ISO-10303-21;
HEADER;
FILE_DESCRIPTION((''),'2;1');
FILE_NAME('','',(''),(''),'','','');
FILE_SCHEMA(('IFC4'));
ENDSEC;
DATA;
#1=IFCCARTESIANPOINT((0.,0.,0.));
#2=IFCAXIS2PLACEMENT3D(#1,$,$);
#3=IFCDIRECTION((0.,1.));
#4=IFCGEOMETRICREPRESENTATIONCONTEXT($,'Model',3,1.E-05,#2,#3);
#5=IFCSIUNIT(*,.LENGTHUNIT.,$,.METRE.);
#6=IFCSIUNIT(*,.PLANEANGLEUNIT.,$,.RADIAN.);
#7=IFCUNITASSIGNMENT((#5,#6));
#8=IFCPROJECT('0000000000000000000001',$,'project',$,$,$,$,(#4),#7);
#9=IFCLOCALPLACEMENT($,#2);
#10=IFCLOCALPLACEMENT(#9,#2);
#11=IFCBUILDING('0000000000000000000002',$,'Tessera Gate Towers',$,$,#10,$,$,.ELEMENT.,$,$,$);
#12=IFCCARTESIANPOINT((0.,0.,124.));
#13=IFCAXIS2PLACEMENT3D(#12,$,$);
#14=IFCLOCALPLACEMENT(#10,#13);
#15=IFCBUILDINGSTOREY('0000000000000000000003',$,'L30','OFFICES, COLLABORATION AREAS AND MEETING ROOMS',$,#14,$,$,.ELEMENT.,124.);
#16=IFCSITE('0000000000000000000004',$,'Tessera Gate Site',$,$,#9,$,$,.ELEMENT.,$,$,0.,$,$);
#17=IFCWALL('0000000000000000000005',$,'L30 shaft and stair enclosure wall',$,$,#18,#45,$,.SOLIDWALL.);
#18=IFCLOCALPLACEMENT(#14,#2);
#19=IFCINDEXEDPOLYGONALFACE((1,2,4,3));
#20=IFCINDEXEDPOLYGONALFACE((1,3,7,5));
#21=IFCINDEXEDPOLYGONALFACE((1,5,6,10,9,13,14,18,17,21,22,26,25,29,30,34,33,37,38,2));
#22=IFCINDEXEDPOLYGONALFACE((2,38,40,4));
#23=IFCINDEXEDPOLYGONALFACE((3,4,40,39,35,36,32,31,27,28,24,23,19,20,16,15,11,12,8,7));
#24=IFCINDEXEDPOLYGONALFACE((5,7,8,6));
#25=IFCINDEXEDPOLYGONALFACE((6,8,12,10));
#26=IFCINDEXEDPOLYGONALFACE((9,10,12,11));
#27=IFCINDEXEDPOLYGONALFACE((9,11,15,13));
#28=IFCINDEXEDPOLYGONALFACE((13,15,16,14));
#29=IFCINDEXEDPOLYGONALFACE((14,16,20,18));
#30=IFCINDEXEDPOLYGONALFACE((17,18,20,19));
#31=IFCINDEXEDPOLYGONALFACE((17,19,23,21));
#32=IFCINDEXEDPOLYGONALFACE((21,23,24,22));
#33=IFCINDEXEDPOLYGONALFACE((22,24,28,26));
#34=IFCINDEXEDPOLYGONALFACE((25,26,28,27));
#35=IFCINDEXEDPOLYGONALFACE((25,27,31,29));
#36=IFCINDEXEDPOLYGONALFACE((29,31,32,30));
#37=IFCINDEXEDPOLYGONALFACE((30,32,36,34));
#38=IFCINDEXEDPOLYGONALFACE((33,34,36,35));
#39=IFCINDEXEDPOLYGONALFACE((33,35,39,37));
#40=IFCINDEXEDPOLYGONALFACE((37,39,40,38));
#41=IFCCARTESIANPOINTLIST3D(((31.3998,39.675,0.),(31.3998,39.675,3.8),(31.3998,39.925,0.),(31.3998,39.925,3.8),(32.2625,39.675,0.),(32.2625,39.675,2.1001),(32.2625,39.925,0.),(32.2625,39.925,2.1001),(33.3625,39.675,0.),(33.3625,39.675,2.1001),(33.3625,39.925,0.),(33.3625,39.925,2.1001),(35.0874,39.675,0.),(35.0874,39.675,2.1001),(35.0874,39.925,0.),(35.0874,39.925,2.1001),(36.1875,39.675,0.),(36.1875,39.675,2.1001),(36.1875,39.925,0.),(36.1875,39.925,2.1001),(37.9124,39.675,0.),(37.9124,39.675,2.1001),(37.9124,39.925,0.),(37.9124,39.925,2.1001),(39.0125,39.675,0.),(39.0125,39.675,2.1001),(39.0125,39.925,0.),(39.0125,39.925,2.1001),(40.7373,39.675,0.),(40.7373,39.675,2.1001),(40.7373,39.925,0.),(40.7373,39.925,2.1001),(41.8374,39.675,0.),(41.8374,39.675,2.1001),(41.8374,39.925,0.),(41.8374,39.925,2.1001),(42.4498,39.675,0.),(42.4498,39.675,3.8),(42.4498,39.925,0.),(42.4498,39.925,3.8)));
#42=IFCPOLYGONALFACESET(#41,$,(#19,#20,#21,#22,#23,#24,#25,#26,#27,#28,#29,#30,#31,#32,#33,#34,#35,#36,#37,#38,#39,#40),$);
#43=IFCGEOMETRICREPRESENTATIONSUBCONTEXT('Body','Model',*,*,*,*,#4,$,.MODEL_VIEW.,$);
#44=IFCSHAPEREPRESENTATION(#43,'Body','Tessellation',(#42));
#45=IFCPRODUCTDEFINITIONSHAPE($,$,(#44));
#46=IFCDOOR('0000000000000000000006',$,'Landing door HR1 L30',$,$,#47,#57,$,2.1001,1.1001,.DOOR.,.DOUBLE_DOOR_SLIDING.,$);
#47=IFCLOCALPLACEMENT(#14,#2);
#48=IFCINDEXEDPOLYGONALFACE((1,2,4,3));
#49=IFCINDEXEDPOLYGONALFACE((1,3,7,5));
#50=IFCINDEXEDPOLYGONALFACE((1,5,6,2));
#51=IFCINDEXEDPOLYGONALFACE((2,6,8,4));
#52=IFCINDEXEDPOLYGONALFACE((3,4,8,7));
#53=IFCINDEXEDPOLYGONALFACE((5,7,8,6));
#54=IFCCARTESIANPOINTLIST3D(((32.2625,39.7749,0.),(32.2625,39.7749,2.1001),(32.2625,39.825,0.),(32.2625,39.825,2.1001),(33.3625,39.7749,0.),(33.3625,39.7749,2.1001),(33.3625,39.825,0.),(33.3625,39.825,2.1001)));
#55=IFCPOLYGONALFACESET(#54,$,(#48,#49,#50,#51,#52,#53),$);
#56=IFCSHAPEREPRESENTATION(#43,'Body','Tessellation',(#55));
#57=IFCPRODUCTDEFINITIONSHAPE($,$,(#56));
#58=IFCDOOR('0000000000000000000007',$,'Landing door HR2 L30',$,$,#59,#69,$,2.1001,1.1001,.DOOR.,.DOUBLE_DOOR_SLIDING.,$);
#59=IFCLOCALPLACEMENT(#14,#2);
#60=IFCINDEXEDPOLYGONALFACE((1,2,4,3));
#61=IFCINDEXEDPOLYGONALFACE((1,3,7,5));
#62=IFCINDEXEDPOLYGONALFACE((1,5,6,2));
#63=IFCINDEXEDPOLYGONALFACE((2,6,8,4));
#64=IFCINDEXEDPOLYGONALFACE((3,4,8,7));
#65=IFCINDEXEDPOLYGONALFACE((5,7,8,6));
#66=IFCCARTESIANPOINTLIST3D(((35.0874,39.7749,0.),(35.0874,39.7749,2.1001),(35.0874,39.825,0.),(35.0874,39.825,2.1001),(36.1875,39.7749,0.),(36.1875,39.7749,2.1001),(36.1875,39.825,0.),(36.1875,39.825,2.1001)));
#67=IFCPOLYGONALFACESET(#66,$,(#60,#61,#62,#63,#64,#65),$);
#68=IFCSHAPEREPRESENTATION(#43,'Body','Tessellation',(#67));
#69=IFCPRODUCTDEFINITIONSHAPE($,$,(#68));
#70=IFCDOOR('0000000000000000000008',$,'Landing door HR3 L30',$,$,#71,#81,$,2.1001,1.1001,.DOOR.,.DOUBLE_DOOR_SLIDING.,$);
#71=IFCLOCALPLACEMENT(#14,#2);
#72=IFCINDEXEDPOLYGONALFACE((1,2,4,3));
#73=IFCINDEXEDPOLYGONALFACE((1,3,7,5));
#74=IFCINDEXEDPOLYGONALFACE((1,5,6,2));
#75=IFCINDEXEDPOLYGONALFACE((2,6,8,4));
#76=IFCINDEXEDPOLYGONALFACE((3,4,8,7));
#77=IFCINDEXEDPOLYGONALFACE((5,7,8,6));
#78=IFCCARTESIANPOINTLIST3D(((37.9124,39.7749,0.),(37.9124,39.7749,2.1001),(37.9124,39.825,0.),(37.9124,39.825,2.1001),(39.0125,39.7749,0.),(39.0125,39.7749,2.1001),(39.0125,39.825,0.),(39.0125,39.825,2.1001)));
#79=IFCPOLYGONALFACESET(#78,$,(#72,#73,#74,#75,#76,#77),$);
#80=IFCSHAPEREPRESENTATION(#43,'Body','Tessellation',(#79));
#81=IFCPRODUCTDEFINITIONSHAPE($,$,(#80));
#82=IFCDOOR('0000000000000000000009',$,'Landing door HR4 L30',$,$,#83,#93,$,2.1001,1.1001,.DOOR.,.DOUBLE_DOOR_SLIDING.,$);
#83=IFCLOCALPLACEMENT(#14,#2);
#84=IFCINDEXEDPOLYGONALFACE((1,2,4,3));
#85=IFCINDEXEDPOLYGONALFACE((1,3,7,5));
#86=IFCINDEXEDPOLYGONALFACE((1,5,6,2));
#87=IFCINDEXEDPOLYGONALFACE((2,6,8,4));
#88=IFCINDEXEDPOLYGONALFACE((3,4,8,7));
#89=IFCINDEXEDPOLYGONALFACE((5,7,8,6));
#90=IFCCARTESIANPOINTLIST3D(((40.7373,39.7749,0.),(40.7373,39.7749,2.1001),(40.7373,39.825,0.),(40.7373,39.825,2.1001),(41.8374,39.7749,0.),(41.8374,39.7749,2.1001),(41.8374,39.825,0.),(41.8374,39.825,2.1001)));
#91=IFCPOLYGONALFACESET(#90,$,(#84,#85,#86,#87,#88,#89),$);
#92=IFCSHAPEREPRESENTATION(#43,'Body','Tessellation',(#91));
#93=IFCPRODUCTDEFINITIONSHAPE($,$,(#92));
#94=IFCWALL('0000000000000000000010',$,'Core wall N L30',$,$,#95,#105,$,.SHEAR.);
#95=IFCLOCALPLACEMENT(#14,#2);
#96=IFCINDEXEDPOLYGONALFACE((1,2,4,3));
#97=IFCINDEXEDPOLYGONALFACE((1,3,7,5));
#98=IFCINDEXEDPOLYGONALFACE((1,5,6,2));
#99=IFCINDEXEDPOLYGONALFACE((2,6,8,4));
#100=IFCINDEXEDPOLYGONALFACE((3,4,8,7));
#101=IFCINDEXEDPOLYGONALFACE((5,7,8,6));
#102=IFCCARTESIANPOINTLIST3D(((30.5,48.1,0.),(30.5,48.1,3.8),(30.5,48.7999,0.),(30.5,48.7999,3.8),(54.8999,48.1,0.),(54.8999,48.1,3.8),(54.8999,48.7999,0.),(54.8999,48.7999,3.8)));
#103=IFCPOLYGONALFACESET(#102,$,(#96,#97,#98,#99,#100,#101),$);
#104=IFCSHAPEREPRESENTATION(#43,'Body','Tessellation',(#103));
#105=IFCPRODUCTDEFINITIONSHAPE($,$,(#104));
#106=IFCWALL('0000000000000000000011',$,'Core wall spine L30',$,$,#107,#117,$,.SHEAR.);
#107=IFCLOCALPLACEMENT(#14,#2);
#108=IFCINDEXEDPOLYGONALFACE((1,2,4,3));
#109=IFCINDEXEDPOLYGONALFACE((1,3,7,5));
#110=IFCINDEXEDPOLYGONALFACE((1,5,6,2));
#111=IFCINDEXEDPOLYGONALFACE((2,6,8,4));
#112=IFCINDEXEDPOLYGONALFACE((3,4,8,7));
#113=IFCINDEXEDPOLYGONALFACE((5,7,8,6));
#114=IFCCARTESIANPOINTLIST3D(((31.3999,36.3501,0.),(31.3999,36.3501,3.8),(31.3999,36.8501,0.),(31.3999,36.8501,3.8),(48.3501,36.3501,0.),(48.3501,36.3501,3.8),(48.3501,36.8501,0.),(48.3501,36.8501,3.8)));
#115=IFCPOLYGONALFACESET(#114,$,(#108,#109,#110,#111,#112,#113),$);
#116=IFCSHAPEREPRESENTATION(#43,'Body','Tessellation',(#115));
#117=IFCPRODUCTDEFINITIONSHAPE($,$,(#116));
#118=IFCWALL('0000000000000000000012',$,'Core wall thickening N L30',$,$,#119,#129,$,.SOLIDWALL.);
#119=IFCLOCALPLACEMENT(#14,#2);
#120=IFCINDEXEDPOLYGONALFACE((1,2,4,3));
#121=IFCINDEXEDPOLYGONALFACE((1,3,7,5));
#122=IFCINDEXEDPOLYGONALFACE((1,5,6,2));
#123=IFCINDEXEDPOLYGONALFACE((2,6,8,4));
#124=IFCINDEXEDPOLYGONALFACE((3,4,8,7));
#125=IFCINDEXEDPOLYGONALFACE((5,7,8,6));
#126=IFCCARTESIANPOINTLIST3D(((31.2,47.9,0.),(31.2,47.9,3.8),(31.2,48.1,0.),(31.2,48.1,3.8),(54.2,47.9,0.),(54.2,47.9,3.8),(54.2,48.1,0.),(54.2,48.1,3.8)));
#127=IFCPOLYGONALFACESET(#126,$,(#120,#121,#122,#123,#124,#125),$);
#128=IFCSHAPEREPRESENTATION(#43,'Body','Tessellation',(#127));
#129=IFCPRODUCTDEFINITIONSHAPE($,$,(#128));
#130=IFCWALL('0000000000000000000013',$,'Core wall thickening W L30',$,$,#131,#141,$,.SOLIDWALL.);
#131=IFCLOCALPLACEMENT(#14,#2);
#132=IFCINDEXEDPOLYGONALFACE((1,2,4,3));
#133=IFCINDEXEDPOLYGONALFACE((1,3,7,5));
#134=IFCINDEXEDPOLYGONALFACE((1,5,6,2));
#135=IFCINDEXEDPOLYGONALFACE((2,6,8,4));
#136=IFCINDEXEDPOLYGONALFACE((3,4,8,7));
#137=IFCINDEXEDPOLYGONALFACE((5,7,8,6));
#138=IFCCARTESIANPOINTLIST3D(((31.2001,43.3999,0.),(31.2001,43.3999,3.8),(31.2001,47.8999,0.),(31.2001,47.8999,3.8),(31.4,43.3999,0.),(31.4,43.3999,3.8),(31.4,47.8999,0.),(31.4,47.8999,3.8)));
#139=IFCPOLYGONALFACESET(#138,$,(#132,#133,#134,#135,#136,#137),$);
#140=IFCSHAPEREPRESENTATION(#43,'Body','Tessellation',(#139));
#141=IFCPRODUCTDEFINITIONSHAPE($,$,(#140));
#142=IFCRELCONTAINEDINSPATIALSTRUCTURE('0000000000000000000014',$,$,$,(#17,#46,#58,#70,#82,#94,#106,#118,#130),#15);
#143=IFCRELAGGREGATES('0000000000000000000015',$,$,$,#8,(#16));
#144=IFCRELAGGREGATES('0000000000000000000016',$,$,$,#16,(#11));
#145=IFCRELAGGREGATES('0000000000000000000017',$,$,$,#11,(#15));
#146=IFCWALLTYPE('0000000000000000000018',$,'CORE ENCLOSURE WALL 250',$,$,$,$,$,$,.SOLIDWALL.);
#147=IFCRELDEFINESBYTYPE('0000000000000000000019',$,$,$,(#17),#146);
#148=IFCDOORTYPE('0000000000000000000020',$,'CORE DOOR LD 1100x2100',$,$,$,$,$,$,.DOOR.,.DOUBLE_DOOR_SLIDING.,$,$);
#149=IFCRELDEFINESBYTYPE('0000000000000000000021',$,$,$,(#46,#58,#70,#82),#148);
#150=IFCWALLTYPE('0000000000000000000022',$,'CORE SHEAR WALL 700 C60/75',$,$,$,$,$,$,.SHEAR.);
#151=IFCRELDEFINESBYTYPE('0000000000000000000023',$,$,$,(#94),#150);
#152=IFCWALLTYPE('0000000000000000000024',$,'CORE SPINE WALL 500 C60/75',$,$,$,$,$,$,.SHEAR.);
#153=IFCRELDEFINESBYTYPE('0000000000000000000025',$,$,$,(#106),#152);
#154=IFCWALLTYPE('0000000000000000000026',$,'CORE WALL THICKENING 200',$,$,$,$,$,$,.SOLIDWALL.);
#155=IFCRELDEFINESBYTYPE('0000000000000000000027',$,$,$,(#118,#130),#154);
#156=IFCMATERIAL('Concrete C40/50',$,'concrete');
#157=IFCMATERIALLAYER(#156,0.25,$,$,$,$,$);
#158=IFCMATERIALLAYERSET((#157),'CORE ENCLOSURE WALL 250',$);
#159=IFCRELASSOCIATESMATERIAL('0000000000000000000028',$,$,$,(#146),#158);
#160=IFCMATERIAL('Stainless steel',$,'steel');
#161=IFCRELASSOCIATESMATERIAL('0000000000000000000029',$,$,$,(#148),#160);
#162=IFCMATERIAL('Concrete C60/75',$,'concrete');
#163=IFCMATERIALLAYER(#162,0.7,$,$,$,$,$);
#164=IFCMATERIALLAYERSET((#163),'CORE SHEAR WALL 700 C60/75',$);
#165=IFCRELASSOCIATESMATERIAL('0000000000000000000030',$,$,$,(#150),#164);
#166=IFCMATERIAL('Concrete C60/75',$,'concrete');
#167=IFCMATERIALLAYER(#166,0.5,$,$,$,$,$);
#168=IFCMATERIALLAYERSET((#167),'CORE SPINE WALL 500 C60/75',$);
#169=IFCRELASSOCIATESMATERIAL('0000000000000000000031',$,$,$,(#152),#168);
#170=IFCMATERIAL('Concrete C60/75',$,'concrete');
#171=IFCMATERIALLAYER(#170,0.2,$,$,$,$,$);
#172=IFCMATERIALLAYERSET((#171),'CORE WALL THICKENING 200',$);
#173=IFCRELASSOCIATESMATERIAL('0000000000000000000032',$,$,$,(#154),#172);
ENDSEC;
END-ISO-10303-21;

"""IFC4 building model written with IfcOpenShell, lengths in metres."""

from ifc_helpers import new_model, si_unit, direction, frame, frame_2d, origin, place, context, subcontext, project, spatial, rectangle, extrude, source, transform, mapped, material, layer, layer_set, type_object, element, fill, save


model = new_model("IFC4")

# Units and contexts
model_context = context("Model", 3, precision=1e-05, world=origin(), true_north=direction((0.0, 1.0)))
body_context = subcontext(model_context, "Body", "Model", "MODEL_VIEW")
ifc_project = project(units=[si_unit("LENGTHUNIT", "METRE"), si_unit("PLANEANGLEUNIT", "RADIAN")], contexts=[model_context])

# Site, building, storey
site_placement = place(None, origin())
site = spatial("IfcSite", under=ifc_project, at=site_placement, Name="Tessera Gate Site", CompositionType="ELEMENT", RefElevation=0.0)
building_placement = place(site_placement, origin())
building = spatial("IfcBuilding", under=site, at=building_placement, Name="Tessera Gate Towers", CompositionType="ELEMENT")
storey_placement = place(building_placement, frame((0.0, 0.0, 124.0)))
storey = spatial("IfcBuildingStorey", under=building, at=storey_placement, Name="L30", Description="OFFICES, COLLABORATION AREAS AND MEETING ROOMS", CompositionType="ELEMENT", Elevation=124.0)

# Wall, openings, doors
ifc_material_1 = material(Name="Concrete C40/50", Category="concrete")
ifc_layer_1 = layer(ifc_material_1, 0.25)
ifc_layer_set_1 = layer_set([ifc_layer_1], Name="CORE ENCLOSURE WALL 250")
wall_type_1 = type_object("IfcWallType", Name="CORE ENCLOSURE WALL 250", PredefinedType="SOLIDWALL", material=ifc_layer_set_1)
wall_1_placement = place(storey_placement, frame((31.3999, 39.8, 0.0), z_axis=(0.0, 0.0, 1.0), x_axis=(1.0, 0.0, 0.0)))
wall_1 = element("IfcWall", 1, at=wall_1_placement, inside=storey, type_object=wall_type_1, Name="L30 shaft and stair enclosure wall", PredefinedType="SOLIDWALL", context=body_context, shape_type="SweptSolid", body=[
    extrude(rectangle(XDim=11.05, YDim=0.25, at=frame_2d((5.5249, 0.0))), origin(), (0.0, 0.0, 1.0), 3.8),
])
shared_shape_1 = source(origin(), body_context, "Body", "SweptSolid", [
    extrude(rectangle(XDim=1.1001, YDim=2.1001, at=frame_2d((0.55, 1.05))), frame((0.0, 0.135, 0.0), z_axis=(0.0, -1.0, 0.0), x_axis=(1.0, 0.0, 0.0)), (0.0, 0.0, 1.0), 0.27),
])
opening_1_placement = place(wall_1_placement, frame((0.8625, 0.0, 0.0)))
opening_1 = element("IfcOpeningElement", 2, at=opening_1_placement, cuts=wall_1, PredefinedType="OPENING", context=body_context, shape_type="MappedRepresentation", body=[
    mapped(shared_shape_1, transform((0.0, 0.0, 0.0), scale=1.0)),
])
opening_2_placement = place(wall_1_placement, frame((3.6875, 0.0, 0.0)))
opening_2 = element("IfcOpeningElement", 3, at=opening_2_placement, cuts=wall_1, PredefinedType="OPENING", context=body_context, shape_type="MappedRepresentation", body=[
    mapped(shared_shape_1, transform((0.0, 0.0, 0.0), scale=1.0)),
])
opening_3_placement = place(wall_1_placement, frame((6.5125, 0.0, 0.0)))
opening_3 = element("IfcOpeningElement", 4, at=opening_3_placement, cuts=wall_1, PredefinedType="OPENING", context=body_context, shape_type="MappedRepresentation", body=[
    mapped(shared_shape_1, transform((0.0, 0.0, 0.0), scale=1.0)),
])
opening_4_placement = place(wall_1_placement, frame((9.3374, 0.0, 0.0)))
opening_4 = element("IfcOpeningElement", 5, at=opening_4_placement, cuts=wall_1, PredefinedType="OPENING", context=body_context, shape_type="MappedRepresentation", body=[
    mapped(shared_shape_1, transform((0.0, 0.0, 0.0), scale=1.0)),
])
ifc_material_2 = material(Name="Stainless steel", Category="steel")
door_type_1 = type_object("IfcDoorType", Name="CORE DOOR LD 1100x2100", OperationType="DOUBLE_DOOR_SLIDING", PredefinedType="DOOR", material=ifc_material_2)
shared_shape_2 = source(origin(), body_context, "Body", "SweptSolid", [
    extrude(rectangle(XDim=1.1001, YDim=2.1001, at=frame_2d((0.55, 1.05))), frame((0.0, 0.0249, 0.0), z_axis=(0.0, -1.0, 0.0), x_axis=(1.0, 0.0, 0.0)), (0.0, 0.0, 1.0), 0.05),
])
door_1_placement = place(opening_1_placement, origin())
door_1 = element("IfcDoor", 6, at=door_1_placement, inside=storey, type_object=door_type_1, Name="Landing door HR1 L30", OperationType="DOUBLE_DOOR_SLIDING", OverallHeight=2.1001, OverallWidth=1.1001, PredefinedType="DOOR", context=body_context, shape_type="MappedRepresentation", body=[
    mapped(shared_shape_2, transform((0.0, 0.0, 0.0), scale=1.0)),
])
fill(opening_1, door_1)
door_2_placement = place(opening_2_placement, origin())
door_2 = element("IfcDoor", 7, at=door_2_placement, inside=storey, type_object=door_type_1, Name="Landing door HR2 L30", OperationType="DOUBLE_DOOR_SLIDING", OverallHeight=2.1001, OverallWidth=1.1001, PredefinedType="DOOR", context=body_context, shape_type="MappedRepresentation", body=[
    mapped(shared_shape_2, transform((0.0, 0.0, 0.0), scale=1.0)),
])
fill(opening_2, door_2)
door_3_placement = place(opening_3_placement, origin())
door_3 = element("IfcDoor", 8, at=door_3_placement, inside=storey, type_object=door_type_1, Name="Landing door HR3 L30", OperationType="DOUBLE_DOOR_SLIDING", OverallHeight=2.1001, OverallWidth=1.1001, PredefinedType="DOOR", context=body_context, shape_type="MappedRepresentation", body=[
    mapped(shared_shape_2, transform((0.0, 0.0, 0.0), scale=1.0)),
])
fill(opening_3, door_3)
door_4_placement = place(opening_4_placement, origin())
door_4 = element("IfcDoor", 9, at=door_4_placement, inside=storey, type_object=door_type_1, Name="Landing door HR4 L30", OperationType="DOUBLE_DOOR_SLIDING", OverallHeight=2.1001, OverallWidth=1.1001, PredefinedType="DOOR", context=body_context, shape_type="MappedRepresentation", body=[
    mapped(shared_shape_2, transform((0.0, 0.0, 0.0), scale=1.0)),
])
fill(opening_4, door_4)

# Walls
ifc_material_3 = material(Name="Concrete C60/75", Category="concrete")
ifc_layer_2 = layer(ifc_material_3, 0.7)
ifc_layer_set_2 = layer_set([ifc_layer_2], Name="CORE SHEAR WALL 700 C60/75")
wall_type_2 = type_object("IfcWallType", Name="CORE SHEAR WALL 700 C60/75", PredefinedType="SHEAR", material=ifc_layer_set_2)
wall_2_placement = place(storey_placement, frame((30.5, 48.45, 0.0), z_axis=(0.0, 0.0, 1.0), x_axis=(1.0, 0.0, 0.0)))
element("IfcWall", 10, at=wall_2_placement, inside=storey, type_object=wall_type_2, Name="Core wall N L30", PredefinedType="SHEAR", context=body_context, shape_type="SweptSolid", body=[
    extrude(rectangle(XDim=24.3999, YDim=0.7, at=frame_2d((12.2, 0.0))), origin(), (0.0, 0.0, 1.0), 3.8),
])
ifc_material_4 = material(Name="Concrete C60/75", Category="concrete")
ifc_layer_3 = layer(ifc_material_4, 0.5)
ifc_layer_set_3 = layer_set([ifc_layer_3], Name="CORE SPINE WALL 500 C60/75")
wall_type_3 = type_object("IfcWallType", Name="CORE SPINE WALL 500 C60/75", PredefinedType="SHEAR", material=ifc_layer_set_3)
wall_3_placement = place(storey_placement, frame((31.3999, 36.6001, 0.0), z_axis=(0.0, 0.0, 1.0), x_axis=(1.0, 0.0, 0.0)))
element("IfcWall", 11, at=wall_3_placement, inside=storey, type_object=wall_type_3, Name="Core wall spine L30", PredefinedType="SHEAR", context=body_context, shape_type="SweptSolid", body=[
    extrude(rectangle(XDim=16.9502, YDim=0.5, at=frame_2d((8.4751, 0.0))), origin(), (0.0, 0.0, 1.0), 3.8),
])
ifc_material_5 = material(Name="Concrete C60/75", Category="concrete")
ifc_layer_4 = layer(ifc_material_5, 0.2)
ifc_layer_set_4 = layer_set([ifc_layer_4], Name="CORE WALL THICKENING 200")
wall_type_4 = type_object("IfcWallType", Name="CORE WALL THICKENING 200", PredefinedType="SOLIDWALL", material=ifc_layer_set_4)
wall_4_placement = place(storey_placement, frame((31.2, 48.0, 0.0), z_axis=(0.0, 0.0, 1.0), x_axis=(1.0, 0.0, 0.0)))
element("IfcWall", 12, at=wall_4_placement, inside=storey, type_object=wall_type_4, Name="Core wall thickening N L30", PredefinedType="SOLIDWALL", context=body_context, shape_type="SweptSolid", body=[
    extrude(rectangle(XDim=23.0, YDim=0.2, at=frame_2d((11.5, 0.0))), origin(), (0.0, 0.0, 1.0), 3.8),
])
wall_5_placement = place(storey_placement, frame((31.3, 43.3999, 0.0), z_axis=(0.0, 0.0, 1.0), x_axis=(0.0, 1.0, 0.0)))
element("IfcWall", 13, at=wall_5_placement, inside=storey, type_object=wall_type_4, Name="Core wall thickening W L30", PredefinedType="SOLIDWALL", context=body_context, shape_type="SweptSolid", body=[
    extrude(rectangle(XDim=4.5, YDim=0.2, at=frame_2d((2.25, 0.0))), origin(), (0.0, 0.0, 1.0), 3.8),
])

save(model, "model.ifc")
